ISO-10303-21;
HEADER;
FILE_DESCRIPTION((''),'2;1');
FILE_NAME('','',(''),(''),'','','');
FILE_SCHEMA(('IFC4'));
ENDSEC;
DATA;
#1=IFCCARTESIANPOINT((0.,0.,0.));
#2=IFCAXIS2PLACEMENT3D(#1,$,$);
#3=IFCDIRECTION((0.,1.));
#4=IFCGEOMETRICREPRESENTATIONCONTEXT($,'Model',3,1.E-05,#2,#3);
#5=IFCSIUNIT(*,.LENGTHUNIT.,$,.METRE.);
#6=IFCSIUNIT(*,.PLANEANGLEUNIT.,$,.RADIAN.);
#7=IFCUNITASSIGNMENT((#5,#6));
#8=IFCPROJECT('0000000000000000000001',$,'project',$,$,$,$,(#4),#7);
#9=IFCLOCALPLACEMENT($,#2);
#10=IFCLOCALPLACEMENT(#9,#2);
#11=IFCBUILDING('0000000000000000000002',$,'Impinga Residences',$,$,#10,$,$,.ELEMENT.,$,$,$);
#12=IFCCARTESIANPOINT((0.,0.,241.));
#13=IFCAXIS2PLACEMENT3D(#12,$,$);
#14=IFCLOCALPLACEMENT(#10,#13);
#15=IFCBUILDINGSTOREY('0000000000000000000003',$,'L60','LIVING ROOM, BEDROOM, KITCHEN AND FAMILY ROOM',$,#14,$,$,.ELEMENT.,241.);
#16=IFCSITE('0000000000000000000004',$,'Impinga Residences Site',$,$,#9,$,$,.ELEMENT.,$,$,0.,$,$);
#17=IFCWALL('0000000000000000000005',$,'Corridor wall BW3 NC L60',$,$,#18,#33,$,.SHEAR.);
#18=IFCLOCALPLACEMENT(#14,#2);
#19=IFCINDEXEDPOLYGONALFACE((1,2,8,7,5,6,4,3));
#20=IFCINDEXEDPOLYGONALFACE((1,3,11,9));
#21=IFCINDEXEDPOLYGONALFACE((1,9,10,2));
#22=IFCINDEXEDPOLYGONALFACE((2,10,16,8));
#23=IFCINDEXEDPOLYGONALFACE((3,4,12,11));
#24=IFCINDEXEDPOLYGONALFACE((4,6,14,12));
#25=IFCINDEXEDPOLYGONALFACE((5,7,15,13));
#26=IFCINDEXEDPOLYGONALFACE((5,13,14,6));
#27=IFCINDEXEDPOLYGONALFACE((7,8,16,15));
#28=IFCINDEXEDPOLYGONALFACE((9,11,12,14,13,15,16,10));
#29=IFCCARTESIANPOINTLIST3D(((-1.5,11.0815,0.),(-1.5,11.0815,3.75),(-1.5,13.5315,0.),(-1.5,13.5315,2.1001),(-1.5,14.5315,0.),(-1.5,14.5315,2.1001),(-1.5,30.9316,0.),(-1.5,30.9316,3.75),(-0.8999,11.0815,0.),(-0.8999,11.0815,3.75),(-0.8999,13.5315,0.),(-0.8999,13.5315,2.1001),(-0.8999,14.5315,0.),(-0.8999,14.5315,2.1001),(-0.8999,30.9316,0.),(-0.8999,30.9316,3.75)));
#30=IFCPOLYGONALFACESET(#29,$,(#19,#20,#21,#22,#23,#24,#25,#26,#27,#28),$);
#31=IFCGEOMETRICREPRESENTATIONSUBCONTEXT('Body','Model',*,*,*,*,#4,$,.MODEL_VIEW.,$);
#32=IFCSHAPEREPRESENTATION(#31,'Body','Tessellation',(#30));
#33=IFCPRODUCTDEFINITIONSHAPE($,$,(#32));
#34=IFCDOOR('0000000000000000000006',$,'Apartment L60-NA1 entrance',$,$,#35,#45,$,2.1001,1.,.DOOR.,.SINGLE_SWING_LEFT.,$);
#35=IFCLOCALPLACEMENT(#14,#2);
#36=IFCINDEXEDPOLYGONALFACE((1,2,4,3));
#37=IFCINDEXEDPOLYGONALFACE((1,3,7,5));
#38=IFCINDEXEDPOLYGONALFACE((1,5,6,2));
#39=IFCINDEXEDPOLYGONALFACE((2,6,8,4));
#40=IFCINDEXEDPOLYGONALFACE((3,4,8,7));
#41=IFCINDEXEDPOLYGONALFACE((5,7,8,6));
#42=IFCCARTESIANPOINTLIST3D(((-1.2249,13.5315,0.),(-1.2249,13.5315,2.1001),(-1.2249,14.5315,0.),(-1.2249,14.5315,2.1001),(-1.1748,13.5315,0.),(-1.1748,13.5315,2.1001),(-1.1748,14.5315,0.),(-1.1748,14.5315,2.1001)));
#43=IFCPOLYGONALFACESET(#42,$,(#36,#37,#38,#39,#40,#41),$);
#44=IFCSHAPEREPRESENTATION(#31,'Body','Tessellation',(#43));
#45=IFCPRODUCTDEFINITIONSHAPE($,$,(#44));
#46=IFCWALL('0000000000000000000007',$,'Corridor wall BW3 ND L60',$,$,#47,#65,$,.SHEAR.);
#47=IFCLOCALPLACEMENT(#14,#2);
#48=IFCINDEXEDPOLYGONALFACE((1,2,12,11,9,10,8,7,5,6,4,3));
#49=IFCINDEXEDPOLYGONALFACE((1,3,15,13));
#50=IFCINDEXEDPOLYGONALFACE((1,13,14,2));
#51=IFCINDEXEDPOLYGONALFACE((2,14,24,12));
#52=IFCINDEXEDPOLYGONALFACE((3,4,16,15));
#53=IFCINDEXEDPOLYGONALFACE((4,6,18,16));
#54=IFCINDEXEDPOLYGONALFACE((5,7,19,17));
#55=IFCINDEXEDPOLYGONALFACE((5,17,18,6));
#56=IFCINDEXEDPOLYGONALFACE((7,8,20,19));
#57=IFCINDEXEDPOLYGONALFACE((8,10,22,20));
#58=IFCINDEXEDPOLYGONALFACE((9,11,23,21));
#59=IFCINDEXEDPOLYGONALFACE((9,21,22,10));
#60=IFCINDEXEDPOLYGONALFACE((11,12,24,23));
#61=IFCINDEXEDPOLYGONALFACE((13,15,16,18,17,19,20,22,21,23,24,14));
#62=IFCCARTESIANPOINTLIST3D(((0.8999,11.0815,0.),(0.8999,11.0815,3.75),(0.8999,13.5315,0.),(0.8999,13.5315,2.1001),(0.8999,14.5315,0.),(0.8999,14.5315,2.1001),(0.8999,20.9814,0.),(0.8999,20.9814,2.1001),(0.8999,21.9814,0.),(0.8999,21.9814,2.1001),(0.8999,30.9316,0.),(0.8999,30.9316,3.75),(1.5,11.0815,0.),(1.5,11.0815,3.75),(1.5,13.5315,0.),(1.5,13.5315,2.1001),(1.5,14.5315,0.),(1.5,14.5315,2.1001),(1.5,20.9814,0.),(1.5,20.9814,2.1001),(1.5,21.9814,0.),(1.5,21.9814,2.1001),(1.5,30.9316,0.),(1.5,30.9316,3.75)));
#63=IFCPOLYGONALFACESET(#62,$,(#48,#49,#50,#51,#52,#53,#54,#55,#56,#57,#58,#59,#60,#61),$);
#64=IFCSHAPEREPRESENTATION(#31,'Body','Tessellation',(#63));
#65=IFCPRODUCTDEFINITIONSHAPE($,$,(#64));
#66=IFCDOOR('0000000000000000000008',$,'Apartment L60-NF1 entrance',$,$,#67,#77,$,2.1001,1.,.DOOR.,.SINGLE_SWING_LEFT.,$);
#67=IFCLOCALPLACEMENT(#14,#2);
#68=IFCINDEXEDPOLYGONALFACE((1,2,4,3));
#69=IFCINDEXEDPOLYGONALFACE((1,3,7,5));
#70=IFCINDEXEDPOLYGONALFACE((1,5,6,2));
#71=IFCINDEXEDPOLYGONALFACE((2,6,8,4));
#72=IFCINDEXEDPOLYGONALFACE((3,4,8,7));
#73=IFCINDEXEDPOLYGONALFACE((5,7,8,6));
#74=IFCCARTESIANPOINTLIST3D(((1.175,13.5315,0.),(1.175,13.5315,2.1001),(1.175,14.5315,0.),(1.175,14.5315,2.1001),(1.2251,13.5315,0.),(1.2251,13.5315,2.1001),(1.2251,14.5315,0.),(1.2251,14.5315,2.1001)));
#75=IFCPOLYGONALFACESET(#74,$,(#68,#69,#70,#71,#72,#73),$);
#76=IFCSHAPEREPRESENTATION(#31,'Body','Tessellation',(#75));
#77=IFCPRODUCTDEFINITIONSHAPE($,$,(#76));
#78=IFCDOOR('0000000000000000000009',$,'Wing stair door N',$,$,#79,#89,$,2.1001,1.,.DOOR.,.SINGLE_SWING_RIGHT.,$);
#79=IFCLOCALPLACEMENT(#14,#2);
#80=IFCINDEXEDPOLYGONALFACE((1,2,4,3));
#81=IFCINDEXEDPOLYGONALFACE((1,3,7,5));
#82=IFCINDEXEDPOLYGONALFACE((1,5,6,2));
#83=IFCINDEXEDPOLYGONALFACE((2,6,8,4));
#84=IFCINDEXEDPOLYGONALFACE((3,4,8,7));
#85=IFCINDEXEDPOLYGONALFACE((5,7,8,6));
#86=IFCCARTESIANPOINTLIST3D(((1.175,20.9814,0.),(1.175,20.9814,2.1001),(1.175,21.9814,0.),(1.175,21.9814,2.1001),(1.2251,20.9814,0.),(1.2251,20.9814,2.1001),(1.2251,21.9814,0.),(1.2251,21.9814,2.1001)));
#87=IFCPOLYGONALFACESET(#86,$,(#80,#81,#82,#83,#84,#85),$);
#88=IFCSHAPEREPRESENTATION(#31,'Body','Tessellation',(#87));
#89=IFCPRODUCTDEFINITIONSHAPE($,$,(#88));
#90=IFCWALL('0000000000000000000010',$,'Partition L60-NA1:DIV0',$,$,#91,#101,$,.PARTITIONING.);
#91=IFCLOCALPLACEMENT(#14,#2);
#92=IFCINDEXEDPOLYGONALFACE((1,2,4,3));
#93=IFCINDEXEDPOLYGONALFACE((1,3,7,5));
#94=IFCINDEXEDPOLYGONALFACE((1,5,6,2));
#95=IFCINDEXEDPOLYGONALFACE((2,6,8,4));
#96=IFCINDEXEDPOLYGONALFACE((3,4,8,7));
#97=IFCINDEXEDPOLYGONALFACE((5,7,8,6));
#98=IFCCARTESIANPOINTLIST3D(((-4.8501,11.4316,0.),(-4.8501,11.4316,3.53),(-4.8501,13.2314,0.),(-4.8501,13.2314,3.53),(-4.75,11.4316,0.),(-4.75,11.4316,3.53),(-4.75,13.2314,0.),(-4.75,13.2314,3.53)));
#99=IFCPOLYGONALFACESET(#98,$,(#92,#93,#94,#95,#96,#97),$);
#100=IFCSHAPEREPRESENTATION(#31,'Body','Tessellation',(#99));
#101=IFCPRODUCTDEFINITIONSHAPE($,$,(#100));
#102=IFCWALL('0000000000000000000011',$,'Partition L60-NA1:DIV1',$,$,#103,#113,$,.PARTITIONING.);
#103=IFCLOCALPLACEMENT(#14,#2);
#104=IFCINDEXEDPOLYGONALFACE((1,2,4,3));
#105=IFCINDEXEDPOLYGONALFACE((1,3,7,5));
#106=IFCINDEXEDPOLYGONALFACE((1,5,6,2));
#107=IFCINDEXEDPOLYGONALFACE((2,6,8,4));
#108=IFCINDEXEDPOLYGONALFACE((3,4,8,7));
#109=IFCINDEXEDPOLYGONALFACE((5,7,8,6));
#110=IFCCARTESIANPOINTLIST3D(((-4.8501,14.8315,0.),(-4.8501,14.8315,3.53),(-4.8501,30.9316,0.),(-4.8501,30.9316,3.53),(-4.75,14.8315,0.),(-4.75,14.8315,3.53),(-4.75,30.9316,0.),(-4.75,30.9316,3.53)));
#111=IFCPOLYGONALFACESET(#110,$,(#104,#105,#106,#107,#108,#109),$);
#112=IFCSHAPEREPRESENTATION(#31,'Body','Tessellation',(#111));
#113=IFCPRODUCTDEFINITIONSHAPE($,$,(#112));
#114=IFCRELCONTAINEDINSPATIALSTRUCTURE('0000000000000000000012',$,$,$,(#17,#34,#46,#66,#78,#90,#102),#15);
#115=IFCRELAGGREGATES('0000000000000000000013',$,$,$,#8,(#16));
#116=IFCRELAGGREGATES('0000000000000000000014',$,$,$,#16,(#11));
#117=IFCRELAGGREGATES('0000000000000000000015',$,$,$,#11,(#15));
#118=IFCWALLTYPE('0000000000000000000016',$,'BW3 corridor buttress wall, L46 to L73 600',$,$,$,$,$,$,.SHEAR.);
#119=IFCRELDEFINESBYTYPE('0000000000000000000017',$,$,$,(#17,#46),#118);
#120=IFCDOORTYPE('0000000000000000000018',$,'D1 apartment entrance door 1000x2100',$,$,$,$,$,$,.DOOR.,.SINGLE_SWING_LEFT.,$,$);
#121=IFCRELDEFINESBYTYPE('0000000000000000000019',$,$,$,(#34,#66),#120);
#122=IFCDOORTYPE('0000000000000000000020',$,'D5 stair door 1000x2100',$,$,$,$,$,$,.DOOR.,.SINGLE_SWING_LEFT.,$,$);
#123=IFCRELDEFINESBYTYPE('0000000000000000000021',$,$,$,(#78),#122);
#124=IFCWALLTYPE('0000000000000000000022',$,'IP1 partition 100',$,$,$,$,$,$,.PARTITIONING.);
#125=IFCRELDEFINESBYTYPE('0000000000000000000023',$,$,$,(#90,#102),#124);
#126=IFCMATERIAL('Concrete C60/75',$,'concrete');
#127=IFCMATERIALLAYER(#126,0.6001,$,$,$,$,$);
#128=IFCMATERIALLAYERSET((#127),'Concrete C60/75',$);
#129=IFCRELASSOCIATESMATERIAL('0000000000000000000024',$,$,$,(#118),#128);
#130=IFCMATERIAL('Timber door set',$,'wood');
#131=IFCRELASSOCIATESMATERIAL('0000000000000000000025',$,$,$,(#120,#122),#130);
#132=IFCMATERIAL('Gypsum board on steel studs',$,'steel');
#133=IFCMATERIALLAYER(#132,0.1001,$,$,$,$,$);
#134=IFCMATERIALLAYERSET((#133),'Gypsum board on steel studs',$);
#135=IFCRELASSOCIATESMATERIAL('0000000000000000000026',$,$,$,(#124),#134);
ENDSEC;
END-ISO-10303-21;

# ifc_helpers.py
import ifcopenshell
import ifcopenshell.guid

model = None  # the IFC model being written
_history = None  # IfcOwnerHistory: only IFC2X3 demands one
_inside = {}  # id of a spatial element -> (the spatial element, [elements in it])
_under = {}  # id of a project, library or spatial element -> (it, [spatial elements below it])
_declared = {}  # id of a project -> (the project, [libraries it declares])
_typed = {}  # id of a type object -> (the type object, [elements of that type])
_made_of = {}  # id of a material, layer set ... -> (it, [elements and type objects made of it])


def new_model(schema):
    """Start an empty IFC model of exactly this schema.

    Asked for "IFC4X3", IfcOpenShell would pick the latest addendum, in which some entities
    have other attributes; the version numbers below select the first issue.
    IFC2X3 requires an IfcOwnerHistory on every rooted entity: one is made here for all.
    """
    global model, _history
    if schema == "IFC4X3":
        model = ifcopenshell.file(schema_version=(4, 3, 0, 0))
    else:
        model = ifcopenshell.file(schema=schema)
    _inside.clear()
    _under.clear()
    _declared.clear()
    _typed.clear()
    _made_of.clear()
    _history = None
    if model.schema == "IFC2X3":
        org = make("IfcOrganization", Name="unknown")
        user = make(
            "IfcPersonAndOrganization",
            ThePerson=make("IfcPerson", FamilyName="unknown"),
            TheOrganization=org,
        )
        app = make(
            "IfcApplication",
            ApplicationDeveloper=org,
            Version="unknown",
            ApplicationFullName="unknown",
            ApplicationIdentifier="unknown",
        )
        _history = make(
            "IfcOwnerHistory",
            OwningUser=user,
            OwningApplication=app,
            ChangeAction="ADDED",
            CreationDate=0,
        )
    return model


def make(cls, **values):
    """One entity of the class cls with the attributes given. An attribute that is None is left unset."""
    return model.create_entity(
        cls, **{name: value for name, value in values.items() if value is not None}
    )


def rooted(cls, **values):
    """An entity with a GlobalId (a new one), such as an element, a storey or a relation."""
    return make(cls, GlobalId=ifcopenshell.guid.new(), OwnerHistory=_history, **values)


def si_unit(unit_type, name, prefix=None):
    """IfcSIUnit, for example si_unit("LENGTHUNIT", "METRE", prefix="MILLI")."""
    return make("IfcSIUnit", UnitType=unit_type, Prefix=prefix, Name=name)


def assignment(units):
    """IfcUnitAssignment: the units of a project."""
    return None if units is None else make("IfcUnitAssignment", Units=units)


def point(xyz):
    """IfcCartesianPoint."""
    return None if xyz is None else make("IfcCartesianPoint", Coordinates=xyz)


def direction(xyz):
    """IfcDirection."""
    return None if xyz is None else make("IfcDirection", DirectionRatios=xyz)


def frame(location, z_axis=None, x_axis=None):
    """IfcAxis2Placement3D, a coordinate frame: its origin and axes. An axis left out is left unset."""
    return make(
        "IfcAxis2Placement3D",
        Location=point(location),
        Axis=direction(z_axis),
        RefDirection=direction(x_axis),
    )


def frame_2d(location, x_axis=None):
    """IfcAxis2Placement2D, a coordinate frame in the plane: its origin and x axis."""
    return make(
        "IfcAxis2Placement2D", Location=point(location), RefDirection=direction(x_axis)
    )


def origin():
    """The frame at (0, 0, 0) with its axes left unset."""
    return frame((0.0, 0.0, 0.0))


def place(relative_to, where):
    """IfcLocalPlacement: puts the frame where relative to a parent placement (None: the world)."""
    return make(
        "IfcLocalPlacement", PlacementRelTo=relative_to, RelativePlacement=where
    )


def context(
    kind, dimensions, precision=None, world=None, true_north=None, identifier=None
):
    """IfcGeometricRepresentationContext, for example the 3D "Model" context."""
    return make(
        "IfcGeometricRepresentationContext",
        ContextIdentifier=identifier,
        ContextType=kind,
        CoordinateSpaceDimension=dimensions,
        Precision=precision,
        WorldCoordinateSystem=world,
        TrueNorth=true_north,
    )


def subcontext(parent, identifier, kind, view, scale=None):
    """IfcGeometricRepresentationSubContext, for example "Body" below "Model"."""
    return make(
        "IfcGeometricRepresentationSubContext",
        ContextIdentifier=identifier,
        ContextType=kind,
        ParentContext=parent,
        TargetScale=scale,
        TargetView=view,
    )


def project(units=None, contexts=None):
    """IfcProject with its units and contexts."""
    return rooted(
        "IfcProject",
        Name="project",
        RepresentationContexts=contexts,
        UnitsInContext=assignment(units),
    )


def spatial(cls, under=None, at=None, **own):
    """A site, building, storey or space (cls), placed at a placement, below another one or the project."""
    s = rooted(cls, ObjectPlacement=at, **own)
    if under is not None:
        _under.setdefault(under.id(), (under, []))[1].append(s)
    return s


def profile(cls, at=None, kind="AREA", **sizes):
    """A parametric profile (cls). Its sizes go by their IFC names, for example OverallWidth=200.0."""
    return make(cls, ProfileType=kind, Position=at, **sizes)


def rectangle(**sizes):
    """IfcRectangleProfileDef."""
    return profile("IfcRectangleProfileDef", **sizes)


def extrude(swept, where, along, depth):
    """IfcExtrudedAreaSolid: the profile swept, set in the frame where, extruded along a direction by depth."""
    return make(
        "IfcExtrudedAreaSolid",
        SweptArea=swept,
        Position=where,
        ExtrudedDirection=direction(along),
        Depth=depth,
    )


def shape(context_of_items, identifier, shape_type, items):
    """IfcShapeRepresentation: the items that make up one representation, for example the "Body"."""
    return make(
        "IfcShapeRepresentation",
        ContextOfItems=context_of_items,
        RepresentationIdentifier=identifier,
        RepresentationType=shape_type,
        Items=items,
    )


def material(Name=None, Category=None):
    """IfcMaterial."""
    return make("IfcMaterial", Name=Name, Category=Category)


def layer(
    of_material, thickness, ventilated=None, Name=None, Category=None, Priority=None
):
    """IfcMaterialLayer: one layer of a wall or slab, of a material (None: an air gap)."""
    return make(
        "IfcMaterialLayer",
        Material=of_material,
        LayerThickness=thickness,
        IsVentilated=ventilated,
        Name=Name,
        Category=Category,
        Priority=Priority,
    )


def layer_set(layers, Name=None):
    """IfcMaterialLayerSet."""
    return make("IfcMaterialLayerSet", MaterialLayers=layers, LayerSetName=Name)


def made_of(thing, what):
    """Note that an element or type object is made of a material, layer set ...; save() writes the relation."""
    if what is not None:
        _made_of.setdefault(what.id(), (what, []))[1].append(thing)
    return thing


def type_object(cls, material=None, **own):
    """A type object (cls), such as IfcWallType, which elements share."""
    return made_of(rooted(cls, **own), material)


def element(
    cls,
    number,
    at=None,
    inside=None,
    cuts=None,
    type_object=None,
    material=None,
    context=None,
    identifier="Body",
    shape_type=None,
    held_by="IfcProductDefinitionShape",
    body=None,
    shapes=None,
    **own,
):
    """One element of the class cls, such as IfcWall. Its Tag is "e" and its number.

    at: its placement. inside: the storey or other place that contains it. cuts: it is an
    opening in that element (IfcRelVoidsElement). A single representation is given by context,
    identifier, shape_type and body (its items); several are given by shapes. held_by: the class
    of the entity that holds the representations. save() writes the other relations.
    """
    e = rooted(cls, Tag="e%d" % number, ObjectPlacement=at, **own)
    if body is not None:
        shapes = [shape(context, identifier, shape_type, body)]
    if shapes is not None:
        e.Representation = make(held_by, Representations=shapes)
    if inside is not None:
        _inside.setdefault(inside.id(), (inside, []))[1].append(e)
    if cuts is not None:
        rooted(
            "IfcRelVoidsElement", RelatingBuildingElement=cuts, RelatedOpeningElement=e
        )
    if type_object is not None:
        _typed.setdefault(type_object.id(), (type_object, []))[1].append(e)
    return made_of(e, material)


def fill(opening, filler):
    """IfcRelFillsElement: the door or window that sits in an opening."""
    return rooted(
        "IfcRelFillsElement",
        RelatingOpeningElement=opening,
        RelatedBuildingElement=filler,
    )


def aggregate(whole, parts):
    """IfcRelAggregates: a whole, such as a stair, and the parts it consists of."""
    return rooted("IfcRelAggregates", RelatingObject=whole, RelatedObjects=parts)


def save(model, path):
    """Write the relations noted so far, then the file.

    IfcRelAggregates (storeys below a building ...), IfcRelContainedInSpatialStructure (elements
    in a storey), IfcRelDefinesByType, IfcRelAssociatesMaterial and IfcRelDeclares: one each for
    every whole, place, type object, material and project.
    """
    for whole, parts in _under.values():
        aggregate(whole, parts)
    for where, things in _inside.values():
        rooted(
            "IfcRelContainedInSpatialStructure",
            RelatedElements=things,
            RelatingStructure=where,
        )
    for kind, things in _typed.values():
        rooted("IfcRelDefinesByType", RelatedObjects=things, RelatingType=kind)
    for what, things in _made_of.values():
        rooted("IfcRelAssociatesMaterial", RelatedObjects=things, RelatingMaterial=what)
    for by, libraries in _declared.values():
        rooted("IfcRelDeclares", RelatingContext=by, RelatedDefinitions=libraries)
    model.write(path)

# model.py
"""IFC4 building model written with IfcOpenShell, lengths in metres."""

from ifc_helpers import new_model, si_unit, direction, frame, frame_2d, origin, place, context, subcontext, project, spatial, rectangle, extrude, material, layer, layer_set, type_object, element, fill, save


model = new_model("IFC4")

# Units and contexts
model_context = context("Model", 3, precision=1e-05, world=origin(), true_north=direction((0.0, 1.0)))
body_context = subcontext(model_context, "Body", "Model", "MODEL_VIEW")
ifc_project = project(units=[si_unit("LENGTHUNIT", "METRE"), si_unit("PLANEANGLEUNIT", "RADIAN")], contexts=[model_context])

# Site, building, storey
site_placement = place(None, origin())
site = spatial("IfcSite", under=ifc_project, at=site_placement, Name="Impinga Residences Site", CompositionType="ELEMENT", RefElevation=0.0)
building_placement = place(site_placement, origin())
building = spatial("IfcBuilding", under=site, at=building_placement, Name="Impinga Residences", CompositionType="ELEMENT")
storey_placement = place(building_placement, frame((0.0, 0.0, 241.0)))
storey = spatial("IfcBuildingStorey", under=building, at=storey_placement, Name="L60", Description="LIVING ROOM, BEDROOM, KITCHEN AND FAMILY ROOM", CompositionType="ELEMENT", Elevation=241.0)

# Wall, opening, door
ifc_material_1 = material(Name="Concrete C60/75", Category="concrete")
ifc_layer_1 = layer(ifc_material_1, 0.6001)
ifc_layer_set_1 = layer_set([ifc_layer_1], Name="Concrete C60/75")
wall_type_1 = type_object("IfcWallType", Name="BW3 corridor buttress wall, L46 to L73 600", PredefinedType="SHEAR", material=ifc_layer_set_1)
wall_1_placement = place(storey_placement, frame((-1.2, 11.0815, 0.0), z_axis=(0.0, 0.0, 1.0), x_axis=(0.0, 1.0, 0.0)))
wall_1 = element("IfcWall", 1, at=wall_1_placement, inside=storey, type_object=wall_type_1, Name="Corridor wall BW3 NC L60", PredefinedType="SHEAR", context=body_context, shape_type="SweptSolid", body=[
    extrude(rectangle(XDim=19.8501, YDim=0.6001, at=frame_2d((9.925, 0.0))), origin(), (0.0, 0.0, 1.0), 3.75),
])
opening_1_placement = place(wall_1_placement, frame((2.45, 0.0, 0.0)))
opening_1 = element("IfcOpeningElement", 2, at=opening_1_placement, cuts=wall_1, PredefinedType="OPENING", context=body_context, shape_type="SweptSolid", body=[
    extrude(rectangle(XDim=1.0, YDim=2.1001, at=frame_2d((0.5, 1.05))), frame((0.0, 0.3101, 0.0), z_axis=(0.0, -1.0, 0.0), x_axis=(1.0, 0.0, 0.0)), (0.0, 0.0, 1.0), 0.6201),
])
ifc_material_2 = material(Name="Timber door set", Category="wood")
door_type_1 = type_object("IfcDoorType", Name="D1 apartment entrance door 1000x2100", OperationType="SINGLE_SWING_LEFT", PredefinedType="DOOR", material=ifc_material_2)
door_1_placement = place(opening_1_placement, origin())
door_1 = element("IfcDoor", 3, at=door_1_placement, inside=storey, type_object=door_type_1, Name="Apartment L60-NA1 entrance", OperationType="SINGLE_SWING_LEFT", OverallHeight=2.1001, OverallWidth=1.0, PredefinedType="DOOR", context=body_context, shape_type="SweptSolid", body=[
    extrude(rectangle(XDim=1.0, YDim=2.1001, at=frame_2d((0.5, 1.05))), frame((0.0, 0.0249, 0.0), z_axis=(0.0, -1.0, 0.0), x_axis=(1.0, 0.0, 0.0)), (0.0, 0.0, 1.0), 0.05),
])
fill(opening_1, door_1)

# Wall, openings, doors
wall_2_placement = place(storey_placement, frame((1.2, 11.0815, 0.0), z_axis=(0.0, 0.0, 1.0), x_axis=(0.0, 1.0, 0.0)))
wall_2 = element("IfcWall", 4, at=wall_2_placement, inside=storey, type_object=wall_type_1, Name="Corridor wall BW3 ND L60", PredefinedType="SHEAR", context=body_context, shape_type="SweptSolid", body=[
    extrude(rectangle(XDim=19.8501, YDim=0.6001, at=frame_2d((9.925, 0.0))), origin(), (0.0, 0.0, 1.0), 3.75),
])
opening_2_placement = place(wall_2_placement, frame((9.8999, 0.0, 0.0)))
opening_2 = element("IfcOpeningElement", 5, at=opening_2_placement, cuts=wall_2, PredefinedType="OPENING", context=body_context, shape_type="SweptSolid", body=[
    extrude(rectangle(XDim=1.0, YDim=2.1001, at=frame_2d((0.5, 1.05))), frame((0.0, 0.3101, 0.0), z_axis=(0.0, -1.0, 0.0), x_axis=(1.0, 0.0, 0.0)), (0.0, 0.0, 1.0), 0.6201),
])
opening_3_placement = place(wall_2_placement, frame((2.45, 0.0, 0.0)))
opening_3 = element("IfcOpeningElement", 6, at=opening_3_placement, cuts=wall_2, PredefinedType="OPENING", context=body_context, shape_type="SweptSolid", body=[
    extrude(rectangle(XDim=1.0, YDim=2.1001, at=frame_2d((0.5, 1.05))), frame((0.0, 0.3101, 0.0), z_axis=(0.0, -1.0, 0.0), x_axis=(1.0, 0.0, 0.0)), (0.0, 0.0, 1.0), 0.6201),
])
door_2_placement = place(opening_3_placement, origin())
door_2 = element("IfcDoor", 7, at=door_2_placement, inside=storey, type_object=door_type_1, Name="Apartment L60-NF1 entrance", OperationType="SINGLE_SWING_LEFT", OverallHeight=2.1001, OverallWidth=1.0, PredefinedType="DOOR", context=body_context, shape_type="SweptSolid", body=[
    extrude(rectangle(XDim=1.0, YDim=2.1001, at=frame_2d((0.5, 1.05))), frame((0.0, 0.0249, 0.0), z_axis=(0.0, -1.0, 0.0), x_axis=(1.0, 0.0, 0.0)), (0.0, 0.0, 1.0), 0.05),
])
fill(opening_3, door_2)
door_type_2 = type_object("IfcDoorType", Name="D5 stair door 1000x2100", OperationType="SINGLE_SWING_LEFT", PredefinedType="DOOR", material=ifc_material_2)
door_3_placement = place(opening_2_placement, origin())
door_3 = element("IfcDoor", 8, at=door_3_placement, inside=storey, type_object=door_type_2, Name="Wing stair door N", OperationType="SINGLE_SWING_RIGHT", OverallHeight=2.1001, OverallWidth=1.0, PredefinedType="DOOR", context=body_context, shape_type="SweptSolid", body=[
    extrude(rectangle(XDim=1.0, YDim=2.1001, at=frame_2d((0.5, 1.05))), frame((0.0, 0.0249, 0.0), z_axis=(0.0, -1.0, 0.0), x_axis=(1.0, 0.0, 0.0)), (0.0, 0.0, 1.0), 0.05),
])
fill(opening_2, door_3)

# Walls
ifc_material_3 = material(Name="Gypsum board on steel studs", Category="steel")
ifc_layer_2 = layer(ifc_material_3, 0.1001)
ifc_layer_set_2 = layer_set([ifc_layer_2], Name="Gypsum board on steel studs")
wall_type_2 = type_object("IfcWallType", Name="IP1 partition 100", PredefinedType="PARTITIONING", material=ifc_layer_set_2)
wall_3_placement = place(storey_placement, frame((-4.8, 11.4316, 0.0), z_axis=(0.0, 0.0, 1.0), x_axis=(0.0, 1.0, 0.0)))
element("IfcWall", 9, at=wall_3_placement, inside=storey, type_object=wall_type_2, Name="Partition L60-NA1:DIV0", PredefinedType="PARTITIONING", context=body_context, shape_type="SweptSolid", body=[
    extrude(rectangle(XDim=1.7998, YDim=0.1001, at=frame_2d((0.8999, 0.0))), origin(), (0.0, 0.0, 1.0), 3.53),
])
wall_4_placement = place(storey_placement, frame((-4.8, 14.8315, 0.0), z_axis=(0.0, 0.0, 1.0), x_axis=(0.0, 1.0, 0.0)))
element("IfcWall", 10, at=wall_4_placement, inside=storey, type_object=wall_type_2, Name="Partition L60-NA1:DIV1", PredefinedType="PARTITIONING", context=body_context, shape_type="SweptSolid", body=[
    extrude(rectangle(XDim=16.1001, YDim=0.1001, at=frame_2d((8.05, 0.0))), origin(), (0.0, 0.0, 1.0), 3.53),
])

save(model, "model.ifc")
